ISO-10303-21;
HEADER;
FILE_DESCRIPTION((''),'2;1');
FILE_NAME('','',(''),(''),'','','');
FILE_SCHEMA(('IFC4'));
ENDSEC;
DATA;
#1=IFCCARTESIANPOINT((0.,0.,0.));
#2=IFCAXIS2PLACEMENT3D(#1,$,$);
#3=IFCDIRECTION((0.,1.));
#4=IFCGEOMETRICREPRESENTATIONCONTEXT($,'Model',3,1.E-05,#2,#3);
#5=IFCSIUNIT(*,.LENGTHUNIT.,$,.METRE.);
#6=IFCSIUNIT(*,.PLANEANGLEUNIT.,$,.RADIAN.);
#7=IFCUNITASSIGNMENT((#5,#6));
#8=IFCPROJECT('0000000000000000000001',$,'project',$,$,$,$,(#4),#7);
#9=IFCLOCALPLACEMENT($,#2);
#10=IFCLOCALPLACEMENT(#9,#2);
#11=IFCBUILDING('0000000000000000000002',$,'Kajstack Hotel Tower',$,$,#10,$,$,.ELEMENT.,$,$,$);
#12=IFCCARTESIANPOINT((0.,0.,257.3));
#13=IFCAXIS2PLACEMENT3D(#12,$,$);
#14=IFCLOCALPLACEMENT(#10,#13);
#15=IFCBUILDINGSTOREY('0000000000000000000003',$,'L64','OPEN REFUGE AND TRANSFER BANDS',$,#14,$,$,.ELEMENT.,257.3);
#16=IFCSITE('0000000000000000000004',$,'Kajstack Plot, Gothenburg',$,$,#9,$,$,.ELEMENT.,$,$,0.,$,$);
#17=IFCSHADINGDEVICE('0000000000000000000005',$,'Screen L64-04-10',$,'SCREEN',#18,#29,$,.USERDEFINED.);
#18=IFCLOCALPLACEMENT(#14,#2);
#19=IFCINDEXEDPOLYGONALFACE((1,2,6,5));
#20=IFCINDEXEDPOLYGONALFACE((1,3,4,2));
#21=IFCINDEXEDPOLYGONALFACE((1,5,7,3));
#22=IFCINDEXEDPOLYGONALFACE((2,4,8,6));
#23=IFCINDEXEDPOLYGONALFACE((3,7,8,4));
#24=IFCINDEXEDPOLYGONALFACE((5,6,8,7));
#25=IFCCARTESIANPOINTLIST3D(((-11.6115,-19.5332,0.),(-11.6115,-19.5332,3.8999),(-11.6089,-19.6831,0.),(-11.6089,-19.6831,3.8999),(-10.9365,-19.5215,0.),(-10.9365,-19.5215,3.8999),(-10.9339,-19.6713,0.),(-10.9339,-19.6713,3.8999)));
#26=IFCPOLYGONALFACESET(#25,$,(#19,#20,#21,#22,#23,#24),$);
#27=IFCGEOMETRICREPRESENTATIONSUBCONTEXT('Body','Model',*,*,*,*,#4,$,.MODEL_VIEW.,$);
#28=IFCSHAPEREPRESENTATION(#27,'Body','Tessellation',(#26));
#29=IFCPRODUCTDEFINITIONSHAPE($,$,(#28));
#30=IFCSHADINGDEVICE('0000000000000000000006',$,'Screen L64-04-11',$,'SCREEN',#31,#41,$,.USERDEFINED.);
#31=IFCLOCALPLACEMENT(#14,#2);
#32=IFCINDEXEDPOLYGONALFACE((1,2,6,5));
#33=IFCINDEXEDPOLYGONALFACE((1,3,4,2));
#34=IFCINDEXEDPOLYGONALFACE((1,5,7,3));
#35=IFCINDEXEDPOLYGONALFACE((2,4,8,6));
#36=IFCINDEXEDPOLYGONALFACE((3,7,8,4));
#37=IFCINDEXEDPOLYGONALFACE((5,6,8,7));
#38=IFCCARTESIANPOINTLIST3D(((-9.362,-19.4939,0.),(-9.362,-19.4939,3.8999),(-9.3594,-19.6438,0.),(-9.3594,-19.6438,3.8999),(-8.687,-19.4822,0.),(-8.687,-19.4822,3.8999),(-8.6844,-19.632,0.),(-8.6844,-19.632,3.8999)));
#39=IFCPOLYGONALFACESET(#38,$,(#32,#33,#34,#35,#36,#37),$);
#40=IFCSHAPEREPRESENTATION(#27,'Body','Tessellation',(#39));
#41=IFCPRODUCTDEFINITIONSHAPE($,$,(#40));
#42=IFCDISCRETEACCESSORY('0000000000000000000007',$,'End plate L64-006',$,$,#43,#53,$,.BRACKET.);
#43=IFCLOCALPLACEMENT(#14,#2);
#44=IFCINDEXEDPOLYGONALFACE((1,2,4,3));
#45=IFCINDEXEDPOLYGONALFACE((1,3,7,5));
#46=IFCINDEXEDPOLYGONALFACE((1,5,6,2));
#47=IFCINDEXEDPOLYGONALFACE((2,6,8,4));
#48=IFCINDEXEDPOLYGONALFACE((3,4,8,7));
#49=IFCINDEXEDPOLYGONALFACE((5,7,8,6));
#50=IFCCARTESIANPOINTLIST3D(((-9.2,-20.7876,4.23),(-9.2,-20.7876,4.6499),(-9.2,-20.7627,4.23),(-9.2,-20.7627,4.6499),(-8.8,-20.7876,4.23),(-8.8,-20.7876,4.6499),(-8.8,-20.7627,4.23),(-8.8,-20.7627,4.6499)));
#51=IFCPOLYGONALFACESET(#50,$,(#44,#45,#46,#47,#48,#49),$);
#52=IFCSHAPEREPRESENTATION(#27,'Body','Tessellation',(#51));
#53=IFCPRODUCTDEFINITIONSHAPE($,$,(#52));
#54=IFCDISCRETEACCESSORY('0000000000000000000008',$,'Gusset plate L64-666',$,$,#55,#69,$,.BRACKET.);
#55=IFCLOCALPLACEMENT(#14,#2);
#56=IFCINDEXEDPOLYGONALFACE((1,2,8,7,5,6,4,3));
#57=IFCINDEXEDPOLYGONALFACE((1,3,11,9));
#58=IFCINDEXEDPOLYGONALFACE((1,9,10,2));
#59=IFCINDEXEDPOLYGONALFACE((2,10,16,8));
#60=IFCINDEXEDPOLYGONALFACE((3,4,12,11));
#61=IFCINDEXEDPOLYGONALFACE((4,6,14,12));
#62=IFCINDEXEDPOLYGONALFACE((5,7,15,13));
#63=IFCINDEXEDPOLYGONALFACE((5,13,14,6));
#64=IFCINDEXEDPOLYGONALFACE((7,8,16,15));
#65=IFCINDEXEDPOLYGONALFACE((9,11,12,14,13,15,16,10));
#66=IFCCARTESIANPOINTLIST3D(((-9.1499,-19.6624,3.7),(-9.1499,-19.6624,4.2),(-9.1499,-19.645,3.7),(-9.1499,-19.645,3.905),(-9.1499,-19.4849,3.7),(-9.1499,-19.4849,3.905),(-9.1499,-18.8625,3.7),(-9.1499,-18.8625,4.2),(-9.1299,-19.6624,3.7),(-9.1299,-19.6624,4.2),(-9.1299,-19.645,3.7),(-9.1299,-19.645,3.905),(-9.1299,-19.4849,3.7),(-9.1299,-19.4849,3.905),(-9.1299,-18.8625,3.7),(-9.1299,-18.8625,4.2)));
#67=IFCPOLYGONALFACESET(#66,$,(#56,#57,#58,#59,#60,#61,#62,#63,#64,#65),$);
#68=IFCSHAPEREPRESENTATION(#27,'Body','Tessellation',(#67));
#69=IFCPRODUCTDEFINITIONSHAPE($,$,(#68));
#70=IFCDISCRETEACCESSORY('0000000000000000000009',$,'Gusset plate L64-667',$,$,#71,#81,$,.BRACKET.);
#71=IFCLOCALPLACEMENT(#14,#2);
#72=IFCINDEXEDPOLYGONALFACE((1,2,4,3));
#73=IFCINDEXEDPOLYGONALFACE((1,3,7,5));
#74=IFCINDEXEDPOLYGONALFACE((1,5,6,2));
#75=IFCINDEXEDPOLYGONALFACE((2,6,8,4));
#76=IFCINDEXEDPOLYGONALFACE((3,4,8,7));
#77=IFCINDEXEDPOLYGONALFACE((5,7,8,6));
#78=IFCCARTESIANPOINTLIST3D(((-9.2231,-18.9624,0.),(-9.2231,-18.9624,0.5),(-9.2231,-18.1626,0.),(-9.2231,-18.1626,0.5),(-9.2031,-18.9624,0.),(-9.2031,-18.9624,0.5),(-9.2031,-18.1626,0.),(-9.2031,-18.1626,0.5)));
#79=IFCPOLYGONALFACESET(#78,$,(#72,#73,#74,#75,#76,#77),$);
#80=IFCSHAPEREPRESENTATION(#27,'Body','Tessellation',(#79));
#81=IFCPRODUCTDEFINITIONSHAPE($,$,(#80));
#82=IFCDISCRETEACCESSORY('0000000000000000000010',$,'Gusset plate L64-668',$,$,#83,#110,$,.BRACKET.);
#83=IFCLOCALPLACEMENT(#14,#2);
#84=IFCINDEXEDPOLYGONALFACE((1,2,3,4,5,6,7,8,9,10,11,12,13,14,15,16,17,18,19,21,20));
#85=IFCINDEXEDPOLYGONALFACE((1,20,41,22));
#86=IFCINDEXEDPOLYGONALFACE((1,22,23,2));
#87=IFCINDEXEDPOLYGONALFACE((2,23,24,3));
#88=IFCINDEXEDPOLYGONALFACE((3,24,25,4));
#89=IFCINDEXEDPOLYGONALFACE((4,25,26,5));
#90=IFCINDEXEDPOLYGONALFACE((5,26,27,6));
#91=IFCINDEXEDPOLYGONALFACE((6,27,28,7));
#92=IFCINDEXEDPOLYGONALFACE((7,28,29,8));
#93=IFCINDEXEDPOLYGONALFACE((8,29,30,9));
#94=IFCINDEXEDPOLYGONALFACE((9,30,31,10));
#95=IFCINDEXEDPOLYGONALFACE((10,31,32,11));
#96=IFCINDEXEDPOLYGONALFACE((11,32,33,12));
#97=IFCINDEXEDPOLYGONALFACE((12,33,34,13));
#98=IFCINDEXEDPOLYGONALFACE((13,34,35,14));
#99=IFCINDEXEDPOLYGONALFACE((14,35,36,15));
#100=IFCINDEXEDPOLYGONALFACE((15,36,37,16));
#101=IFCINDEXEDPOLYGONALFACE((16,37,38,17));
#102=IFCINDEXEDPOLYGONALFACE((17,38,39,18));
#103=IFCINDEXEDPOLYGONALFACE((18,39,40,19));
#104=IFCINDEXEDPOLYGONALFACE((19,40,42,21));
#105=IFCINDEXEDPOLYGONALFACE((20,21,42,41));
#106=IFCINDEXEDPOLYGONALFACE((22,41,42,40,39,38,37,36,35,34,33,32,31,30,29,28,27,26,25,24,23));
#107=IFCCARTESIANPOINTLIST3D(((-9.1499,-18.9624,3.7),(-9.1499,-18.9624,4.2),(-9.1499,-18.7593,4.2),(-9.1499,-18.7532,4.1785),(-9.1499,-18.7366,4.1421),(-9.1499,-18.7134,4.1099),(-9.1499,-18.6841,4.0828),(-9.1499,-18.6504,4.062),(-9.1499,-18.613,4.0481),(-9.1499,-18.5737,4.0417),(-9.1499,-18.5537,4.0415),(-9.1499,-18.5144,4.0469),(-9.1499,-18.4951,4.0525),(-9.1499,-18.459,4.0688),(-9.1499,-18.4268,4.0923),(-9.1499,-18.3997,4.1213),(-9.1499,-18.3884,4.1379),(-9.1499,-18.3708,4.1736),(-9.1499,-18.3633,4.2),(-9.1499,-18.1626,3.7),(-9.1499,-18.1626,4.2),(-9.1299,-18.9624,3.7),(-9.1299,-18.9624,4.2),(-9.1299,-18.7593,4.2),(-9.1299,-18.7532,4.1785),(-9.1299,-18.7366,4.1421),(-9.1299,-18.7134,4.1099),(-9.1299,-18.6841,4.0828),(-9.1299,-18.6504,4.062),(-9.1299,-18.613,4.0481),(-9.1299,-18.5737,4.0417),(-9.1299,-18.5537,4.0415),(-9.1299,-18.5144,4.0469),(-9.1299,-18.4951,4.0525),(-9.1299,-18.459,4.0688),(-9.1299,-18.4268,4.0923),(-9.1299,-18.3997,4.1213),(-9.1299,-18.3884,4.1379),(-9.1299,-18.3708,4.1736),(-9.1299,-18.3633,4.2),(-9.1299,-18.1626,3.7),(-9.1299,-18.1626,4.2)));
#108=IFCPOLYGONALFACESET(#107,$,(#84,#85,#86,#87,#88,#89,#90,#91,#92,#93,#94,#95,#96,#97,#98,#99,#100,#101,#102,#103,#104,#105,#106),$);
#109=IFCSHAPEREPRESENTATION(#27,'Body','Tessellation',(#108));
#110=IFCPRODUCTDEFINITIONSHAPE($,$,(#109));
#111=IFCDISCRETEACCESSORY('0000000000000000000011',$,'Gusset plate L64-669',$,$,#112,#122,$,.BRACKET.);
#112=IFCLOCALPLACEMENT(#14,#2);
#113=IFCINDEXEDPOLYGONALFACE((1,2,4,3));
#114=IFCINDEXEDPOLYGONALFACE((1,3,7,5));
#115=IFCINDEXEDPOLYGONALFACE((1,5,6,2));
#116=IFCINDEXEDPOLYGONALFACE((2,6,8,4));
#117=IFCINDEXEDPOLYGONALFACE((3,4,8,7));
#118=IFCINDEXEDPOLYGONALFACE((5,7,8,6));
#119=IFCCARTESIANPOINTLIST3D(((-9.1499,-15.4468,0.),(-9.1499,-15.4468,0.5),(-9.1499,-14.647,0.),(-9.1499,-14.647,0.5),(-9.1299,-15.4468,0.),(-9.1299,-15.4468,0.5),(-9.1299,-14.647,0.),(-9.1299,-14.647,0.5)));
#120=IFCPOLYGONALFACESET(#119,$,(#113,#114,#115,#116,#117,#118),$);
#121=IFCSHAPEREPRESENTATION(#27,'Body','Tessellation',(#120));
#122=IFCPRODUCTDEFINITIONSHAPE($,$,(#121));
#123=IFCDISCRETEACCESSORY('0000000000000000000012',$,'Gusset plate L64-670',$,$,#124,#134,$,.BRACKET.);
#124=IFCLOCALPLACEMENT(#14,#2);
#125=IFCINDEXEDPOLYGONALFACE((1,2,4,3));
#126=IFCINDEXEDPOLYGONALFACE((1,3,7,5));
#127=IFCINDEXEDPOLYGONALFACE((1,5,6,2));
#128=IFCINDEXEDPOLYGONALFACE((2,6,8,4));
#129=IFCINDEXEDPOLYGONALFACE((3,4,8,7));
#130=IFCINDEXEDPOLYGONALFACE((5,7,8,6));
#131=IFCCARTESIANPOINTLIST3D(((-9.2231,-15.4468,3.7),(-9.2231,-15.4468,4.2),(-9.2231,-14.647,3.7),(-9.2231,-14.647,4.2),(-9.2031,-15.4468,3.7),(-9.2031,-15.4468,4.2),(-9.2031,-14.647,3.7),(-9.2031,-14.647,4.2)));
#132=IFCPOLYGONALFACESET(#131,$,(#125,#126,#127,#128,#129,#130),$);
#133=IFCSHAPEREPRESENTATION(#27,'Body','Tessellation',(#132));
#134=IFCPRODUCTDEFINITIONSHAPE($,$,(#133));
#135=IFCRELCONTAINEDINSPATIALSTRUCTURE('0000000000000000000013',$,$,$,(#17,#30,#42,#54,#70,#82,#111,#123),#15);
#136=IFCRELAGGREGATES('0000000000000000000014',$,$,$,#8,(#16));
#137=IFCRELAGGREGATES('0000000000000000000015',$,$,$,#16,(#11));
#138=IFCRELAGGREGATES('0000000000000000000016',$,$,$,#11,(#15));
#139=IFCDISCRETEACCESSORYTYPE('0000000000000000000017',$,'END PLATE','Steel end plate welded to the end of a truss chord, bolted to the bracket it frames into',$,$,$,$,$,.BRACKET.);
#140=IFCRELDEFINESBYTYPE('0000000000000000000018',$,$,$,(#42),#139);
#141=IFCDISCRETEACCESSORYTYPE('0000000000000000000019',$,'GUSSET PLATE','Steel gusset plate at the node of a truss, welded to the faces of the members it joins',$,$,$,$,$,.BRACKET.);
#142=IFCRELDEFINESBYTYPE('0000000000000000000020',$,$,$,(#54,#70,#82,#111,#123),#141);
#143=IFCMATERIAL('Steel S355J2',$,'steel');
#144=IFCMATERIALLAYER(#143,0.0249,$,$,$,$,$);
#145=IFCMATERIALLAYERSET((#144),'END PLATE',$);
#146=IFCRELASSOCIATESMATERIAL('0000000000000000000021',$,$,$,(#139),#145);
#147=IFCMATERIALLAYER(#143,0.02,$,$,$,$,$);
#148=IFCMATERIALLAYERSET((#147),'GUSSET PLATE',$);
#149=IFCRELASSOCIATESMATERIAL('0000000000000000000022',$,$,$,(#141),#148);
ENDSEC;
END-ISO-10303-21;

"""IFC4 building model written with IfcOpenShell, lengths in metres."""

from ifc_helpers import new_model, si_unit, direction, frame, origin, origin_2d, place, context, subcontext, project, spatial, polyline, rectangle, outline, extrude, material, layer, layer_set, type_object, element, save


model = new_model("IFC4")

# Units and contexts
model_context = context("Model", 3, precision=1e-05, world=origin(), true_north=direction((0.0, 1.0)))
body_context = subcontext(model_context, "Body", "Model", "MODEL_VIEW")
ifc_project = project(units=[si_unit("LENGTHUNIT", "METRE"), si_unit("PLANEANGLEUNIT", "RADIAN")], contexts=[model_context])

# Site, building, storey
site_placement = place(None, origin())
site = spatial("IfcSite", under=ifc_project, at=site_placement, Name="Kajstack Plot, Gothenburg", CompositionType="ELEMENT", RefElevation=0.0)
building_placement = place(site_placement, origin())
building = spatial("IfcBuilding", under=site, at=building_placement, Name="Kajstack Hotel Tower", CompositionType="ELEMENT")
storey_placement = place(building_placement, frame((0.0, 0.0, 257.3)))
storey = spatial("IfcBuildingStorey", under=building, at=storey_placement, Name="L64", Description="OPEN REFUGE AND TRANSFER BANDS", CompositionType="ELEMENT", Elevation=257.3)

# Shared definitions
ifc_material_1 = material(Name="Steel S355J2", Category="steel")

# Shading devices
for number, where, z_axis, x_axis, name in (
    (1, (-11.2727, -19.6023, 0.0), (0.0, 0.0, 1.0), (0.999848, 0.017453, 0.0), "Screen L64-04-10"),
    (2, (-9.0232, -19.563, 0.0), (0.0, 0.0, 1.0), (0.999848, 0.017453, 0.0), "Screen L64-04-11"),
):
    element("IfcShadingDevice", number, at=place(storey_placement, frame(where, z_axis=z_axis, x_axis=x_axis)), inside=storey, Name=name, ObjectType="SCREEN", PredefinedType="USERDEFINED", context=body_context, shape_type="SweptSolid", body=[
        extrude(rectangle(XDim=0.675, YDim=0.1499, at=origin_2d()), origin(), (0.0, 0.0, 1.0), 3.8999),
    ])

# Discrete accessories
ifc_layer_1 = layer(ifc_material_1, 0.0249)
ifc_layer_set_1 = layer_set([ifc_layer_1], Name="END PLATE")
discrete_accessory_type_1 = type_object("IfcDiscreteAccessoryType", Name="END PLATE", Description="Steel end plate welded to the end of a truss chord, bolted to the bracket it frames into", PredefinedType="BRACKET", material=ifc_layer_set_1)
discrete_accessory_1_placement = place(storey_placement, frame((-9.0, -20.7876, 4.4399), z_axis=(0.0, 1.0, 0.0), x_axis=(-1.0, 0.0, 0.0)))
element("IfcDiscreteAccessory", 3, at=discrete_accessory_1_placement, inside=storey, type_object=discrete_accessory_type_1, Name="End plate L64-006", PredefinedType="BRACKET", context=body_context, shape_type="SweptSolid", body=[
    extrude(outline(polyline([(-0.2, -0.21), (0.2, -0.21), (0.2, 0.21), (-0.2, 0.21), (-0.2, -0.21)])), origin(), (0.0, 0.0, 1.0), 0.0249),
])
ifc_layer_2 = layer(ifc_material_1, 0.02)
ifc_layer_set_2 = layer_set([ifc_layer_2], Name="GUSSET PLATE")
discrete_accessory_type_2 = type_object("IfcDiscreteAccessoryType", Name="GUSSET PLATE", Description="Steel gusset plate at the node of a truss, welded to the faces of the members it joins", PredefinedType="BRACKET", material=ifc_layer_set_2)
discrete_accessory_2_placement = place(storey_placement, frame((-9.1499, -19.2625, 3.7), z_axis=(1.0, 0.0, 0.0), x_axis=(0.0, 1.0, 0.0)))
element("IfcDiscreteAccessory", 4, at=discrete_accessory_2_placement, inside=storey, type_object=discrete_accessory_type_2, Name="Gusset plate L64-666", PredefinedType="BRACKET", context=body_context, shape_type="SweptSolid", body=[
    extrude(outline(polyline([(-0.3999, 0.0), (-0.3826, 0.0), (-0.3826, 0.2051), (-0.2224, 0.2051), (-0.2224, 0.0), (0.3999, 0.0), (0.3999, 0.5), (-0.3999, 0.5), (-0.3999, 0.0)])), origin(), (0.0, 0.0, 1.0), 0.02),
])
discrete_accessory_3_placement = place(storey_placement, frame((-9.2231, -18.5625, 0.0), z_axis=(1.0, 0.0, 0.0), x_axis=(0.0, 1.0, 0.0)))
element("IfcDiscreteAccessory", 5, at=discrete_accessory_3_placement, inside=storey, type_object=discrete_accessory_type_2, Name="Gusset plate L64-667", PredefinedType="BRACKET", context=body_context, shape_type="SweptSolid", body=[
    extrude(outline(polyline([(-0.3999, 0.0), (0.3999, 0.0), (0.3999, 0.5), (-0.3999, 0.5), (-0.3999, 0.0)])), origin(), (0.0, 0.0, 1.0), 0.02),
])
discrete_accessory_4_placement = place(storey_placement, frame((-9.1499, -18.5625, 3.7), z_axis=(1.0, 0.0, 0.0), x_axis=(0.0, 1.0, 0.0)))
element("IfcDiscreteAccessory", 6, at=discrete_accessory_4_placement, inside=storey, type_object=discrete_accessory_type_2, Name="Gusset plate L64-668", PredefinedType="BRACKET", context=body_context, shape_type="SweptSolid", body=[
    extrude(outline(polyline([(0.3999, 0.5), (0.1992, 0.5), (0.1917, 0.4736), (0.1741, 0.438), (0.1628, 0.4214), (0.1357, 0.3923), (0.1035, 0.3689), (0.0674, 0.3525), (0.0481, 0.3469), (0.0088, 0.3416), (-0.0112, 0.3418), (-0.0505, 0.3481), (-0.0879, 0.3621), (-0.1216, 0.3828), (-0.1509, 0.4099), (-0.1741, 0.4421), (-0.1907, 0.4785), (-0.1968, 0.5), (-0.3999, 0.5), (-0.3999, 0.0), (0.3999, 0.0), (0.3999, 0.5)])), origin(), (0.0, 0.0, 1.0), 0.02),
])
for number, where, z_axis, x_axis, name in (
    (7, (-9.1499, -15.0469, 0.0), (1.0, 0.0, 0.0), (0.0, 1.0, 0.0), "Gusset plate L64-669"),
    (8, (-9.2231, -15.0469, 3.7), (1.0, 0.0, 0.0), (0.0, 1.0, 0.0), "Gusset plate L64-670"),
):
    element("IfcDiscreteAccessory", number, at=place(storey_placement, frame(where, z_axis=z_axis, x_axis=x_axis)), inside=storey, type_object=discrete_accessory_type_2, Name=name, PredefinedType="BRACKET", context=body_context, shape_type="SweptSolid", body=[
        extrude(outline(polyline([(-0.3999, 0.0), (0.3999, 0.0), (0.3999, 0.5), (-0.3999, 0.5), (-0.3999, 0.0)])), origin(), (0.0, 0.0, 1.0), 0.02),
    ])

save(model, "model.ifc")
